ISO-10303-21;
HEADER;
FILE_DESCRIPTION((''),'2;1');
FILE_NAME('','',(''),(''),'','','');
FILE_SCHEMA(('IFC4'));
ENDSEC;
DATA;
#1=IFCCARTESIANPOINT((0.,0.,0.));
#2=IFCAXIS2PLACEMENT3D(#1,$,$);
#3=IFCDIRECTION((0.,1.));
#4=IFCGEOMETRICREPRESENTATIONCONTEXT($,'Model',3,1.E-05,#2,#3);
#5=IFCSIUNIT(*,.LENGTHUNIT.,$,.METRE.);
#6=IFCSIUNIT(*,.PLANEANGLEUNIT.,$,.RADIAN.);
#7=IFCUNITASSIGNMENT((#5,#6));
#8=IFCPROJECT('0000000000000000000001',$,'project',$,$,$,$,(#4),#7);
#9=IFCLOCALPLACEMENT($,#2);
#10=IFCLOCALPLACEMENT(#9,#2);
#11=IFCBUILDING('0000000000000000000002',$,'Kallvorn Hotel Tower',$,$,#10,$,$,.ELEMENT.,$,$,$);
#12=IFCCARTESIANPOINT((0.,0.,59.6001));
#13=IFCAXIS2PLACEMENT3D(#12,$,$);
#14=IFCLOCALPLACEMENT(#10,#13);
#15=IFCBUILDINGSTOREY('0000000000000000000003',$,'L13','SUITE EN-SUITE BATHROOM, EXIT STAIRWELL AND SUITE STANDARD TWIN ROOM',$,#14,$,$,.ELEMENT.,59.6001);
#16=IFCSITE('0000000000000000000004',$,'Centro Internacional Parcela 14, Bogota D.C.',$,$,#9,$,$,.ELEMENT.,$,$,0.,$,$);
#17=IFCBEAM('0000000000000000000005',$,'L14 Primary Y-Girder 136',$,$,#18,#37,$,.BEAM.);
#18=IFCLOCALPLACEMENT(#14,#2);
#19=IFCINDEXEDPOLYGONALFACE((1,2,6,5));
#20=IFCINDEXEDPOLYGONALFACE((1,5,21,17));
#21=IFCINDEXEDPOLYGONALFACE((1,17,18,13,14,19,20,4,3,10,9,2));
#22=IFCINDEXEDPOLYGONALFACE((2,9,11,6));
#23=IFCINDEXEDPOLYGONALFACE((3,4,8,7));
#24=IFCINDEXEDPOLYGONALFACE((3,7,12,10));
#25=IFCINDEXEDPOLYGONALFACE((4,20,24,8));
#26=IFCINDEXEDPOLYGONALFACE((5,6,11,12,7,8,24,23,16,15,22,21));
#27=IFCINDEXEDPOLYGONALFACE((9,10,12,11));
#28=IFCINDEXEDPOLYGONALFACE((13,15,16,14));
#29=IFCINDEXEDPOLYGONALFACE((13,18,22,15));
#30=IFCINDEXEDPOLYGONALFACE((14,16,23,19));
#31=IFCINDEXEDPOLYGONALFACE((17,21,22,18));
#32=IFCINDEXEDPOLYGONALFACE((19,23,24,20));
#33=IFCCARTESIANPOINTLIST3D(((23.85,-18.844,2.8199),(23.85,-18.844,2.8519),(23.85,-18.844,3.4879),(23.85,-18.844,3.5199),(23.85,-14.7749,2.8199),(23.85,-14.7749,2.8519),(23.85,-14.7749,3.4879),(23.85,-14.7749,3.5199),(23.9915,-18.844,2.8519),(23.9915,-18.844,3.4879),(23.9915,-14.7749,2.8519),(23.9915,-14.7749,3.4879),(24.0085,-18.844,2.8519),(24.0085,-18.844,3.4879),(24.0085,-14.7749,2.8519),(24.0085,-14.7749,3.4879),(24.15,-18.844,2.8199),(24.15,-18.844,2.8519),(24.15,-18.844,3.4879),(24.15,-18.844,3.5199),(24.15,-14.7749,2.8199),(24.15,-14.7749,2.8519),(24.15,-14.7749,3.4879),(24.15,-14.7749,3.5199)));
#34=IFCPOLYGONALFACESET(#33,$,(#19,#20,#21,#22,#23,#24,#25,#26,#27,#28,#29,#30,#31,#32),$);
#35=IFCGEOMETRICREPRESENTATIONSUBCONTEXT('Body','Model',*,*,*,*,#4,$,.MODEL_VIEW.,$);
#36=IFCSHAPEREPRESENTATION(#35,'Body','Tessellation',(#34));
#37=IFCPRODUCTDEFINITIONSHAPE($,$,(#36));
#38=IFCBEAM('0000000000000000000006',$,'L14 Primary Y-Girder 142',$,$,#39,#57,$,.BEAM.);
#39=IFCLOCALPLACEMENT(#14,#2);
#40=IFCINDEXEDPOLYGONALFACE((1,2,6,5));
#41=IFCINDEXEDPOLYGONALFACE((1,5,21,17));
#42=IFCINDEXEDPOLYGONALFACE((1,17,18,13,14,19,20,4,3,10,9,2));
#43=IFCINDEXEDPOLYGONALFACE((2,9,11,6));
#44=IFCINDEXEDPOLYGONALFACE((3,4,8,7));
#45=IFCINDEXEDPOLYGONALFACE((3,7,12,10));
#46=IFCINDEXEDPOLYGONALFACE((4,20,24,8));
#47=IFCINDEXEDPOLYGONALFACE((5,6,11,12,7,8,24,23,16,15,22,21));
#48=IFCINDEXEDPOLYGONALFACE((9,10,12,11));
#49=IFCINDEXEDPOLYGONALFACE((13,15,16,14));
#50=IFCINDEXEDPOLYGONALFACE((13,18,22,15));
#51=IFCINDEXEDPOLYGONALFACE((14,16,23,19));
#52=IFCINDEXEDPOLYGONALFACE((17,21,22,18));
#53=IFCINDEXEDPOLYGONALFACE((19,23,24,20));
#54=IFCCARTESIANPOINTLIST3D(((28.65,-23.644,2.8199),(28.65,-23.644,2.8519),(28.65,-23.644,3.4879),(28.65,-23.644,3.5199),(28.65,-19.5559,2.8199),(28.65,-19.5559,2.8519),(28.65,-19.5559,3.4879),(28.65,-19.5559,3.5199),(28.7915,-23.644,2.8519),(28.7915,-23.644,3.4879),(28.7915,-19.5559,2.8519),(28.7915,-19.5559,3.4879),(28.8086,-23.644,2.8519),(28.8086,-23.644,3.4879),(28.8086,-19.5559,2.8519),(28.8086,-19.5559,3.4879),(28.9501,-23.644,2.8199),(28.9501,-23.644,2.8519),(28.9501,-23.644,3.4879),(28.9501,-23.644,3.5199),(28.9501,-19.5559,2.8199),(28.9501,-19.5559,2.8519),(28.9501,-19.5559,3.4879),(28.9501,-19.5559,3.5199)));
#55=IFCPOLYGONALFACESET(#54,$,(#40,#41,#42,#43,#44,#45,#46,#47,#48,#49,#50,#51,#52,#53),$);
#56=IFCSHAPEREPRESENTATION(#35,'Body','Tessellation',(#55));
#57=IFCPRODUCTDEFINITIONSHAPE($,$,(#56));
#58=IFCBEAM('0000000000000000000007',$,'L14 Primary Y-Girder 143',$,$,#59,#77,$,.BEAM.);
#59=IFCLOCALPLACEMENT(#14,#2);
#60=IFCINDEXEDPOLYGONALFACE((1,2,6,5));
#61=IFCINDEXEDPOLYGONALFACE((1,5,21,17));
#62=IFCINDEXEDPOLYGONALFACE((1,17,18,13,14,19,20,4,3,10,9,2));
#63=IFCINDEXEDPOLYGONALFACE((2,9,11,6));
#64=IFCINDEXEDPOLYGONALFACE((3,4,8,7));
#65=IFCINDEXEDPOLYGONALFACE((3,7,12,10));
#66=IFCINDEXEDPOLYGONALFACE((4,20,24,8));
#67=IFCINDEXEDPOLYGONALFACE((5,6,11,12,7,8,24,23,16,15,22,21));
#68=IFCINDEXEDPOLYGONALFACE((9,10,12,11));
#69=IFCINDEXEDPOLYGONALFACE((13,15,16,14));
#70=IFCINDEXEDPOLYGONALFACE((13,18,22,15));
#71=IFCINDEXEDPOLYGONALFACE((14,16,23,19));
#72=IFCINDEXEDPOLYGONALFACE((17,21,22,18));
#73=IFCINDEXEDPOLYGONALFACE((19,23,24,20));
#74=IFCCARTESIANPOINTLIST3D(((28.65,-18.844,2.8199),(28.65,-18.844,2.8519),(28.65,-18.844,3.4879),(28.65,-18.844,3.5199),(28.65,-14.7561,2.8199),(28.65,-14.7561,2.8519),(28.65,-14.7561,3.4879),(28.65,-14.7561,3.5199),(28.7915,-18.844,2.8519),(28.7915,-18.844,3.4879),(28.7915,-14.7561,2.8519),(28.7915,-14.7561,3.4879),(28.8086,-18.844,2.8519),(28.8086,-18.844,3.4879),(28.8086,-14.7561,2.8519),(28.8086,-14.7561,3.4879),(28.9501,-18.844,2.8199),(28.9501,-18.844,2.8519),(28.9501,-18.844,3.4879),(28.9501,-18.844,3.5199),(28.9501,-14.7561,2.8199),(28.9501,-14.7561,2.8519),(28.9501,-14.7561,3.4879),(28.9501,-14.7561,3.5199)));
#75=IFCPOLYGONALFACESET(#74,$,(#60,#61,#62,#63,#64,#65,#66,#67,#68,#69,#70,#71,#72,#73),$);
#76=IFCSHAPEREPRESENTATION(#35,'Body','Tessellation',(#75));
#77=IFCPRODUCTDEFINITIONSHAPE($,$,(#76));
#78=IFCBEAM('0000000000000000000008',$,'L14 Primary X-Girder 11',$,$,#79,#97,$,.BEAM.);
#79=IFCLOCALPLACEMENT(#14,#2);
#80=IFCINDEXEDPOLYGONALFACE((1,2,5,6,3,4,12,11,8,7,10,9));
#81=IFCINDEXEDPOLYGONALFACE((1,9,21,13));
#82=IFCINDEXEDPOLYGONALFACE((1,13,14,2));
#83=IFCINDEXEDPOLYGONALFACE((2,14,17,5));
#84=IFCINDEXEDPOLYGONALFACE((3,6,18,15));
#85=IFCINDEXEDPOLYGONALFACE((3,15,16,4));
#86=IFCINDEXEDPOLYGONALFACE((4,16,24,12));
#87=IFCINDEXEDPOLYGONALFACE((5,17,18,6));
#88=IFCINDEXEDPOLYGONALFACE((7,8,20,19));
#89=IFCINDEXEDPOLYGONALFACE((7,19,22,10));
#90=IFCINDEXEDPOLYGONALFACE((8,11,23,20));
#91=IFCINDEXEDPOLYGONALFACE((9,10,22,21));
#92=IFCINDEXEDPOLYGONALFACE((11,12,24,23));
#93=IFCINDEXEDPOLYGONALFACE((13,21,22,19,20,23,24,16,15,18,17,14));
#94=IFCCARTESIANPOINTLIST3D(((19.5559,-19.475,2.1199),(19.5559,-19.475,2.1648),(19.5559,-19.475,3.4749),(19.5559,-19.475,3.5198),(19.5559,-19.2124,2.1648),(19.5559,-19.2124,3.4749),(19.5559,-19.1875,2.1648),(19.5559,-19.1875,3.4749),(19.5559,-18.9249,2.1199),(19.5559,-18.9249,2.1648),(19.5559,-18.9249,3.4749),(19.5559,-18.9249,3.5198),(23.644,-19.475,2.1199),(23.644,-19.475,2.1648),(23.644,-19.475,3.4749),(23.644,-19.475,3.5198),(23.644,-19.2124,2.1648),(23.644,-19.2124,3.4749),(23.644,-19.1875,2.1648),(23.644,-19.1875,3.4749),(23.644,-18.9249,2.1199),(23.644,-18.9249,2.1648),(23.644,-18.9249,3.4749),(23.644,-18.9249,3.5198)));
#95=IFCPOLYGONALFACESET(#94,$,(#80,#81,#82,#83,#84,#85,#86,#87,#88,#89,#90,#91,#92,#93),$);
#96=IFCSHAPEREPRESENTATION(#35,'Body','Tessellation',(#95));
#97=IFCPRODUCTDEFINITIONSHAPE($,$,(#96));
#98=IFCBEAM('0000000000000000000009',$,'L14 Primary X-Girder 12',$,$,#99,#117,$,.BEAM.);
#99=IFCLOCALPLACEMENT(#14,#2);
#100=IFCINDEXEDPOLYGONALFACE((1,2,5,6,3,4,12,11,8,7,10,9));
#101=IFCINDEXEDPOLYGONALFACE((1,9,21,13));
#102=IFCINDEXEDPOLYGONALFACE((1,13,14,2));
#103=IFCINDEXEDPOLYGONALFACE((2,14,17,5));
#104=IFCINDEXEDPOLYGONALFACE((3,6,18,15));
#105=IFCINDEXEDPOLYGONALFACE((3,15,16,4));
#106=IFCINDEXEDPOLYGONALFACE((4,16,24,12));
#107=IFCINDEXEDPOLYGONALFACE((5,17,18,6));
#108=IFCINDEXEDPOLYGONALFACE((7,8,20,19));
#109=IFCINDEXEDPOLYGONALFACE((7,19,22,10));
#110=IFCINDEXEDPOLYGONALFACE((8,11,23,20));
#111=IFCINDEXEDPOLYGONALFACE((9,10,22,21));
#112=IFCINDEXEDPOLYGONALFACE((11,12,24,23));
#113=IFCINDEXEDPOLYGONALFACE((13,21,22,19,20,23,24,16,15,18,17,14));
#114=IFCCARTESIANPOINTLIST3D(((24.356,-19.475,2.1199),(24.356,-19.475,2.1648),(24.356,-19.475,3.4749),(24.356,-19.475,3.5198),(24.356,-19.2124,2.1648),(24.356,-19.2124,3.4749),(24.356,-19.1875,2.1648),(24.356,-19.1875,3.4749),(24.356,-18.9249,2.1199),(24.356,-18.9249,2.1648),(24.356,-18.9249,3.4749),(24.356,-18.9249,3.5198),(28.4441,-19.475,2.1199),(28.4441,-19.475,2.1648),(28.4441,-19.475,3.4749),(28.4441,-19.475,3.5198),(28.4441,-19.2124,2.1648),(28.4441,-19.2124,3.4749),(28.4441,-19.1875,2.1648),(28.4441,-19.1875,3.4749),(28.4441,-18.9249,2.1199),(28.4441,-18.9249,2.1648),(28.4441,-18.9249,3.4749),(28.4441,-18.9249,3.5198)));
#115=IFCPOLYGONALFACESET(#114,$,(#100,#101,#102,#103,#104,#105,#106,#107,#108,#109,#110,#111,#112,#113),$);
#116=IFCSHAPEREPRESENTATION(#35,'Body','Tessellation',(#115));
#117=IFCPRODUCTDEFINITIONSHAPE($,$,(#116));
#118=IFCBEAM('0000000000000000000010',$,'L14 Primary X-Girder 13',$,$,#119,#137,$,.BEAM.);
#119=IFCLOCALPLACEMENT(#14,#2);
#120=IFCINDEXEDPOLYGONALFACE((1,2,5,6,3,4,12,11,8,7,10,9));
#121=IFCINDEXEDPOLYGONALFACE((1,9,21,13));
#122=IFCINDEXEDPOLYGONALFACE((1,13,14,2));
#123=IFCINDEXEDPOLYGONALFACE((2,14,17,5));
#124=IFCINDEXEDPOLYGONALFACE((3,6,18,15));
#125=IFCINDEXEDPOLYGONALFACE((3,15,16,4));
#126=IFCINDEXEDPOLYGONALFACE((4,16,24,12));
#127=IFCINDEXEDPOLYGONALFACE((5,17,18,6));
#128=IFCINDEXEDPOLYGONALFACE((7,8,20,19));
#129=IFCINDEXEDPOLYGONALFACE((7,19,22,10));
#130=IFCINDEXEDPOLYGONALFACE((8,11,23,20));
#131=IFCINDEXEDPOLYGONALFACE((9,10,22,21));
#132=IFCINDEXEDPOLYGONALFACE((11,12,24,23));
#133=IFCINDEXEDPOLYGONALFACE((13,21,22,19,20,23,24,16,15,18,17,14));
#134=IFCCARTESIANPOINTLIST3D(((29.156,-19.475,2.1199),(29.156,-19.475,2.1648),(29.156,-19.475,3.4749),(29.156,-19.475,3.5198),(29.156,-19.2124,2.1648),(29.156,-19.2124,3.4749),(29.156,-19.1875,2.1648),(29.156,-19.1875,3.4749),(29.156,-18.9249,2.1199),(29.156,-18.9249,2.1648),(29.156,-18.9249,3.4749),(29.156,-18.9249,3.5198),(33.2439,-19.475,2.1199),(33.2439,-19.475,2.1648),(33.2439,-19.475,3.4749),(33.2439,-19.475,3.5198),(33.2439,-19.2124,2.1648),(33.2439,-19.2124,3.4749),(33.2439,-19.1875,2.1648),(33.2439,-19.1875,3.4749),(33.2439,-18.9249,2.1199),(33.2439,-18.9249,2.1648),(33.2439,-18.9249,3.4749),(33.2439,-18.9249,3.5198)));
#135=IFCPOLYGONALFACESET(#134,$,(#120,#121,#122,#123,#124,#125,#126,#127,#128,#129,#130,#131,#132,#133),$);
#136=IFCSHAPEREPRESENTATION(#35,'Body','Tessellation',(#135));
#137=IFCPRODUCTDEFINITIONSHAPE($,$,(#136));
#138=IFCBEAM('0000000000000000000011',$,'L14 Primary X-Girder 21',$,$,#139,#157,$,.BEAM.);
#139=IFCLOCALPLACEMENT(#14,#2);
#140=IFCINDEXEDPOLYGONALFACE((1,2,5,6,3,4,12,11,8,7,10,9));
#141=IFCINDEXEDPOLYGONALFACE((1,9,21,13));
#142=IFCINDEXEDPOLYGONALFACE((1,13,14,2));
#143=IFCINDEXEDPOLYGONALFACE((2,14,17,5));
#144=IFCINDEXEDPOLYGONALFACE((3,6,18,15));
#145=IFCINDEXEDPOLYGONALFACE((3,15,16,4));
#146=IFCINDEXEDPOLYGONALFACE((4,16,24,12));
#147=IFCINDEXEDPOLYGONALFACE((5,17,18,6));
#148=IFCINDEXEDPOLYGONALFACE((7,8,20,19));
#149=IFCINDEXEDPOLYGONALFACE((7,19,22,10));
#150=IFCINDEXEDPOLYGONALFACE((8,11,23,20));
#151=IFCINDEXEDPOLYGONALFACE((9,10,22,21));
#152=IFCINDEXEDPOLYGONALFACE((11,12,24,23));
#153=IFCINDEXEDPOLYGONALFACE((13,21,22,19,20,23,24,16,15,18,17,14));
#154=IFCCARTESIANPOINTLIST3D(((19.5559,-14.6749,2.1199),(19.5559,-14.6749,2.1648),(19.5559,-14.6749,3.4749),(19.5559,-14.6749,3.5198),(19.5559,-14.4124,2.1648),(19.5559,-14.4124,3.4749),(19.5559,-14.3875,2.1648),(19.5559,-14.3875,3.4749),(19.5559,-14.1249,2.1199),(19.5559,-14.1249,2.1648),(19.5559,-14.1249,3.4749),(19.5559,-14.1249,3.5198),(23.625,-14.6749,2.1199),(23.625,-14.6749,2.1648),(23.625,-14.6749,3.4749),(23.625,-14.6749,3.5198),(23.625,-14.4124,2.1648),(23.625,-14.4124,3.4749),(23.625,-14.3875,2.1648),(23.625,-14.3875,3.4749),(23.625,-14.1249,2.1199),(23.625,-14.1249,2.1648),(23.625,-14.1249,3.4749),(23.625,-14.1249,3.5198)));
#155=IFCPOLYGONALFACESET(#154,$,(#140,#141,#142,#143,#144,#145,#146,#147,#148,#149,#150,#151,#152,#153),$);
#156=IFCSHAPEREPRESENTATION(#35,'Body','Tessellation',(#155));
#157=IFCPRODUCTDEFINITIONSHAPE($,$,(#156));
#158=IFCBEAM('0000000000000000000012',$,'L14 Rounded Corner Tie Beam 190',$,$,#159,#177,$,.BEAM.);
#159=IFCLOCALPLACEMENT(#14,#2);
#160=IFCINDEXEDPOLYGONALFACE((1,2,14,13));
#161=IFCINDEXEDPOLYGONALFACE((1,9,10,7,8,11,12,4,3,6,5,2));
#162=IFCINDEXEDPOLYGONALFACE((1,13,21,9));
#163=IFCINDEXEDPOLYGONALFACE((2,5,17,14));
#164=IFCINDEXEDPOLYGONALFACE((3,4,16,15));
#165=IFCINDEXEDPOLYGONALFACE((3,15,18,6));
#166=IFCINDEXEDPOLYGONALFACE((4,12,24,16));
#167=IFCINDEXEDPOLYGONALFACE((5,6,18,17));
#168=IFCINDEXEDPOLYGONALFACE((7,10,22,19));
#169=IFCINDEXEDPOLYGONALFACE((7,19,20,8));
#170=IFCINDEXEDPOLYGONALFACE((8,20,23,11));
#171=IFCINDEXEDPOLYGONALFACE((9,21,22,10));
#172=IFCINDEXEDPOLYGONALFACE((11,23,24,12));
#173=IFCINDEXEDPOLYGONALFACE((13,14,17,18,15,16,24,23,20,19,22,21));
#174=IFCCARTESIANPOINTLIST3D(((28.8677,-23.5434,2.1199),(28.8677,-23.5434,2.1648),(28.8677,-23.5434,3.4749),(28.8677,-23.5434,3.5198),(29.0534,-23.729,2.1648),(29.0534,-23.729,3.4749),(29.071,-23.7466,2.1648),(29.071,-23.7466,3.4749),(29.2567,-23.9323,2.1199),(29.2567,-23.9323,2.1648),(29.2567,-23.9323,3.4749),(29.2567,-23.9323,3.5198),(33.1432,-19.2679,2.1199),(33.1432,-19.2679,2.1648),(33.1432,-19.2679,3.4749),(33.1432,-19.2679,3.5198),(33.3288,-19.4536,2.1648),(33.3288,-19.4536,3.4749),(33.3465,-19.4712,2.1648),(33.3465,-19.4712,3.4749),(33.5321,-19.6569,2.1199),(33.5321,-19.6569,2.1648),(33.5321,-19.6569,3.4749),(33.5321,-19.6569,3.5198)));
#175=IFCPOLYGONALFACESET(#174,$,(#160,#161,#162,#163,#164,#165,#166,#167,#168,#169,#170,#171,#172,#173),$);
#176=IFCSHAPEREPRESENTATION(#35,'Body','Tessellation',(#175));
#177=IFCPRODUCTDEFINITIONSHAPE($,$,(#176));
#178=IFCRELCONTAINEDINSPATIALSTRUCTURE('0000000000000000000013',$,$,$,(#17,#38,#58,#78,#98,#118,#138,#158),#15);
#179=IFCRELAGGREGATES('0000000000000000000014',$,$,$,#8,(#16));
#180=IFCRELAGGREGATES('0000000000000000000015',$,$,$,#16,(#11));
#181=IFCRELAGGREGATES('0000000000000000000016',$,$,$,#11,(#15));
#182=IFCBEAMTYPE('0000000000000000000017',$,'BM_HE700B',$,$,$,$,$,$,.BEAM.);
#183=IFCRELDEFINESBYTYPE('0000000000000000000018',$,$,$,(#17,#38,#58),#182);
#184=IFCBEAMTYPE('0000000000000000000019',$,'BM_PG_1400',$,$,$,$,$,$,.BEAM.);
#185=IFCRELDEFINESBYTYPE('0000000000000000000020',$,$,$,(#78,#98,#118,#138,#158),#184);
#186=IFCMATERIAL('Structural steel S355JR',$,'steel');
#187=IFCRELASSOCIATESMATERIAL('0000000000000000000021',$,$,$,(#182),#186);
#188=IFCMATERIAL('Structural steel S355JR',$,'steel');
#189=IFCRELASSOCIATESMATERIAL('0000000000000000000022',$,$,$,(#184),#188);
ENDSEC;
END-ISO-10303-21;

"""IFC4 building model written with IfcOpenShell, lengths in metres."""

from ifc_helpers import new_model, si_unit, direction, frame, origin, origin_2d, place, context, subcontext, project, spatial, i_section, extrude, material, material_profile, profile_set, type_object, element, save


model = new_model("IFC4")

# Units and contexts
model_context = context("Model", 3, precision=1e-05, world=origin(), true_north=direction((0.0, 1.0)))
body_context = subcontext(model_context, "Body", "Model", "MODEL_VIEW")
ifc_project = project(units=[si_unit("LENGTHUNIT", "METRE"), si_unit("PLANEANGLEUNIT", "RADIAN")], contexts=[model_context])

# Site, building, storey
site_placement = place(None, origin())
site = spatial("IfcSite", under=ifc_project, at=site_placement, Name="Centro Internacional Parcela 14, Bogota D.C.", CompositionType="ELEMENT", RefElevation=0.0)
building_placement = place(site_placement, origin())
building = spatial("IfcBuilding", under=site, at=building_placement, Name="Kallvorn Hotel Tower", CompositionType="ELEMENT")
storey_placement = place(building_placement, frame((0.0, 0.0, 59.6001)))
storey = spatial("IfcBuildingStorey", under=building, at=storey_placement, Name="L13", Description="SUITE EN-SUITE BATHROOM, EXIT STAIRWELL AND SUITE STANDARD TWIN ROOM", CompositionType="ELEMENT", Elevation=59.6001)

# Beams
ifc_material_1 = material(Name="Structural steel S355JR", Category="steel")
ifc_material_profile_1 = material_profile(ifc_material_1, i_section(OverallWidth=0.3, OverallDepth=0.7, WebThickness=0.0171, FlangeThickness=0.032, at=origin_2d()), Name="HE 700 B")
ifc_profile_set_1 = profile_set([ifc_material_profile_1], Name="Structural steel S355JR")
beam_type_1 = type_object("IfcBeamType", Name="BM_HE700B", PredefinedType="BEAM", material=ifc_profile_set_1)
beam_1_placement = place(storey_placement, frame((24.0, -18.844, 3.1699), z_axis=(0.0, 1.0, 0.0), x_axis=(-1.0, 0.0, 0.0)))
element("IfcBeam", 1, at=beam_1_placement, inside=storey, type_object=beam_type_1, Name="L14 Primary Y-Girder 136", PredefinedType="BEAM", context=body_context, shape_type="SweptSolid", body=[
    extrude(i_section(OverallWidth=0.3, OverallDepth=0.7, WebThickness=0.0171, FlangeThickness=0.032, at=origin_2d()), origin(), (0.0, 0.0, 1.0), 4.0691),
])
beam_2_placement = place(storey_placement, frame((28.8, -23.644, 3.1699), z_axis=(0.0, 1.0, 0.0), x_axis=(-1.0, 0.0, 0.0)))
element("IfcBeam", 2, at=beam_2_placement, inside=storey, type_object=beam_type_1, Name="L14 Primary Y-Girder 142", PredefinedType="BEAM", context=body_context, shape_type="SweptSolid", body=[
    extrude(i_section(OverallWidth=0.3, OverallDepth=0.7, WebThickness=0.0171, FlangeThickness=0.032, at=origin_2d()), origin(), (0.0, 0.0, 1.0), 4.0881),
])
beam_3_placement = place(storey_placement, frame((28.8, -18.844, 3.1699), z_axis=(0.0, 1.0, 0.0), x_axis=(-1.0, 0.0, 0.0)))
element("IfcBeam", 3, at=beam_3_placement, inside=storey, type_object=beam_type_1, Name="L14 Primary Y-Girder 143", PredefinedType="BEAM", context=body_context, shape_type="SweptSolid", body=[
    extrude(i_section(OverallWidth=0.3, OverallDepth=0.7, WebThickness=0.0171, FlangeThickness=0.032, at=origin_2d()), origin(), (0.0, 0.0, 1.0), 4.0879),
])
ifc_material_2 = material(Name="Structural steel S355JR", Category="steel")
ifc_material_profile_2 = material_profile(ifc_material_2, i_section(OverallWidth=0.55, OverallDepth=1.3999, WebThickness=0.0249, FlangeThickness=0.0449, at=origin_2d()), Name="PG 1400x550x25x45")
ifc_profile_set_2 = profile_set([ifc_material_profile_2], Name="Structural steel S355JR")
beam_type_2 = type_object("IfcBeamType", Name="BM_PG_1400", PredefinedType="BEAM", material=ifc_profile_set_2)
for number, where, z_axis, x_axis, name in (
    (4, (19.5559, -19.2, 2.8198), (1.0, 0.0, 0.0), (0.0, 1.0, 0.0), "L14 Primary X-Girder 11"),
    (5, (24.356, -19.2, 2.8198), (1.0, 0.0, 0.0), (0.0, 1.0, 0.0), "L14 Primary X-Girder 12"),
):
    element("IfcBeam", number, at=place(storey_placement, frame(where, z_axis=z_axis, x_axis=x_axis)), inside=storey, type_object=beam_type_2, Name=name, PredefinedType="BEAM", context=body_context, shape_type="SweptSolid", body=[
        extrude(i_section(OverallWidth=0.55, OverallDepth=1.3999, WebThickness=0.0249, FlangeThickness=0.0449, at=origin_2d()), origin(), (0.0, 0.0, 1.0), 4.0881),
    ])
beam_4_placement = place(storey_placement, frame((29.156, -19.2, 2.8198), z_axis=(1.0, 0.0, 0.0), x_axis=(0.0, 1.0, 0.0)))
element("IfcBeam", 6, at=beam_4_placement, inside=storey, type_object=beam_type_2, Name="L14 Primary X-Girder 13", PredefinedType="BEAM", context=body_context, shape_type="SweptSolid", body=[
    extrude(i_section(OverallWidth=0.55, OverallDepth=1.3999, WebThickness=0.0249, FlangeThickness=0.0449, at=origin_2d()), origin(), (0.0, 0.0, 1.0), 4.0879),
])
beam_5_placement = place(storey_placement, frame((19.5559, -14.3999, 2.8198), z_axis=(1.0, 0.0, 0.0), x_axis=(0.0, 1.0, 0.0)))
element("IfcBeam", 7, at=beam_5_placement, inside=storey, type_object=beam_type_2, Name="L14 Primary X-Girder 21", PredefinedType="BEAM", context=body_context, shape_type="SweptSolid", body=[
    extrude(i_section(OverallWidth=0.55, OverallDepth=1.3999, WebThickness=0.0249, FlangeThickness=0.0449, at=origin_2d()), origin(), (0.0, 0.0, 1.0), 4.0691),
])
beam_6_placement = place(storey_placement, frame((33.3376, -19.4624, 2.8198), z_axis=(-0.707107, -0.707107, 0.0), x_axis=(0.707107, -0.707107, 0.0)))
element("IfcBeam", 8, at=beam_6_placement, inside=storey, type_object=beam_type_2, Name="L14 Rounded Corner Tie Beam 190", PredefinedType="BEAM", context=body_context, shape_type="SweptSolid", body=[
    extrude(i_section(OverallWidth=0.55, OverallDepth=1.3999, WebThickness=0.0249, FlangeThickness=0.0449, at=origin_2d()), origin(), (0.0, 0.0, 1.0), 6.0464),
])

save(model, "model.ifc")
